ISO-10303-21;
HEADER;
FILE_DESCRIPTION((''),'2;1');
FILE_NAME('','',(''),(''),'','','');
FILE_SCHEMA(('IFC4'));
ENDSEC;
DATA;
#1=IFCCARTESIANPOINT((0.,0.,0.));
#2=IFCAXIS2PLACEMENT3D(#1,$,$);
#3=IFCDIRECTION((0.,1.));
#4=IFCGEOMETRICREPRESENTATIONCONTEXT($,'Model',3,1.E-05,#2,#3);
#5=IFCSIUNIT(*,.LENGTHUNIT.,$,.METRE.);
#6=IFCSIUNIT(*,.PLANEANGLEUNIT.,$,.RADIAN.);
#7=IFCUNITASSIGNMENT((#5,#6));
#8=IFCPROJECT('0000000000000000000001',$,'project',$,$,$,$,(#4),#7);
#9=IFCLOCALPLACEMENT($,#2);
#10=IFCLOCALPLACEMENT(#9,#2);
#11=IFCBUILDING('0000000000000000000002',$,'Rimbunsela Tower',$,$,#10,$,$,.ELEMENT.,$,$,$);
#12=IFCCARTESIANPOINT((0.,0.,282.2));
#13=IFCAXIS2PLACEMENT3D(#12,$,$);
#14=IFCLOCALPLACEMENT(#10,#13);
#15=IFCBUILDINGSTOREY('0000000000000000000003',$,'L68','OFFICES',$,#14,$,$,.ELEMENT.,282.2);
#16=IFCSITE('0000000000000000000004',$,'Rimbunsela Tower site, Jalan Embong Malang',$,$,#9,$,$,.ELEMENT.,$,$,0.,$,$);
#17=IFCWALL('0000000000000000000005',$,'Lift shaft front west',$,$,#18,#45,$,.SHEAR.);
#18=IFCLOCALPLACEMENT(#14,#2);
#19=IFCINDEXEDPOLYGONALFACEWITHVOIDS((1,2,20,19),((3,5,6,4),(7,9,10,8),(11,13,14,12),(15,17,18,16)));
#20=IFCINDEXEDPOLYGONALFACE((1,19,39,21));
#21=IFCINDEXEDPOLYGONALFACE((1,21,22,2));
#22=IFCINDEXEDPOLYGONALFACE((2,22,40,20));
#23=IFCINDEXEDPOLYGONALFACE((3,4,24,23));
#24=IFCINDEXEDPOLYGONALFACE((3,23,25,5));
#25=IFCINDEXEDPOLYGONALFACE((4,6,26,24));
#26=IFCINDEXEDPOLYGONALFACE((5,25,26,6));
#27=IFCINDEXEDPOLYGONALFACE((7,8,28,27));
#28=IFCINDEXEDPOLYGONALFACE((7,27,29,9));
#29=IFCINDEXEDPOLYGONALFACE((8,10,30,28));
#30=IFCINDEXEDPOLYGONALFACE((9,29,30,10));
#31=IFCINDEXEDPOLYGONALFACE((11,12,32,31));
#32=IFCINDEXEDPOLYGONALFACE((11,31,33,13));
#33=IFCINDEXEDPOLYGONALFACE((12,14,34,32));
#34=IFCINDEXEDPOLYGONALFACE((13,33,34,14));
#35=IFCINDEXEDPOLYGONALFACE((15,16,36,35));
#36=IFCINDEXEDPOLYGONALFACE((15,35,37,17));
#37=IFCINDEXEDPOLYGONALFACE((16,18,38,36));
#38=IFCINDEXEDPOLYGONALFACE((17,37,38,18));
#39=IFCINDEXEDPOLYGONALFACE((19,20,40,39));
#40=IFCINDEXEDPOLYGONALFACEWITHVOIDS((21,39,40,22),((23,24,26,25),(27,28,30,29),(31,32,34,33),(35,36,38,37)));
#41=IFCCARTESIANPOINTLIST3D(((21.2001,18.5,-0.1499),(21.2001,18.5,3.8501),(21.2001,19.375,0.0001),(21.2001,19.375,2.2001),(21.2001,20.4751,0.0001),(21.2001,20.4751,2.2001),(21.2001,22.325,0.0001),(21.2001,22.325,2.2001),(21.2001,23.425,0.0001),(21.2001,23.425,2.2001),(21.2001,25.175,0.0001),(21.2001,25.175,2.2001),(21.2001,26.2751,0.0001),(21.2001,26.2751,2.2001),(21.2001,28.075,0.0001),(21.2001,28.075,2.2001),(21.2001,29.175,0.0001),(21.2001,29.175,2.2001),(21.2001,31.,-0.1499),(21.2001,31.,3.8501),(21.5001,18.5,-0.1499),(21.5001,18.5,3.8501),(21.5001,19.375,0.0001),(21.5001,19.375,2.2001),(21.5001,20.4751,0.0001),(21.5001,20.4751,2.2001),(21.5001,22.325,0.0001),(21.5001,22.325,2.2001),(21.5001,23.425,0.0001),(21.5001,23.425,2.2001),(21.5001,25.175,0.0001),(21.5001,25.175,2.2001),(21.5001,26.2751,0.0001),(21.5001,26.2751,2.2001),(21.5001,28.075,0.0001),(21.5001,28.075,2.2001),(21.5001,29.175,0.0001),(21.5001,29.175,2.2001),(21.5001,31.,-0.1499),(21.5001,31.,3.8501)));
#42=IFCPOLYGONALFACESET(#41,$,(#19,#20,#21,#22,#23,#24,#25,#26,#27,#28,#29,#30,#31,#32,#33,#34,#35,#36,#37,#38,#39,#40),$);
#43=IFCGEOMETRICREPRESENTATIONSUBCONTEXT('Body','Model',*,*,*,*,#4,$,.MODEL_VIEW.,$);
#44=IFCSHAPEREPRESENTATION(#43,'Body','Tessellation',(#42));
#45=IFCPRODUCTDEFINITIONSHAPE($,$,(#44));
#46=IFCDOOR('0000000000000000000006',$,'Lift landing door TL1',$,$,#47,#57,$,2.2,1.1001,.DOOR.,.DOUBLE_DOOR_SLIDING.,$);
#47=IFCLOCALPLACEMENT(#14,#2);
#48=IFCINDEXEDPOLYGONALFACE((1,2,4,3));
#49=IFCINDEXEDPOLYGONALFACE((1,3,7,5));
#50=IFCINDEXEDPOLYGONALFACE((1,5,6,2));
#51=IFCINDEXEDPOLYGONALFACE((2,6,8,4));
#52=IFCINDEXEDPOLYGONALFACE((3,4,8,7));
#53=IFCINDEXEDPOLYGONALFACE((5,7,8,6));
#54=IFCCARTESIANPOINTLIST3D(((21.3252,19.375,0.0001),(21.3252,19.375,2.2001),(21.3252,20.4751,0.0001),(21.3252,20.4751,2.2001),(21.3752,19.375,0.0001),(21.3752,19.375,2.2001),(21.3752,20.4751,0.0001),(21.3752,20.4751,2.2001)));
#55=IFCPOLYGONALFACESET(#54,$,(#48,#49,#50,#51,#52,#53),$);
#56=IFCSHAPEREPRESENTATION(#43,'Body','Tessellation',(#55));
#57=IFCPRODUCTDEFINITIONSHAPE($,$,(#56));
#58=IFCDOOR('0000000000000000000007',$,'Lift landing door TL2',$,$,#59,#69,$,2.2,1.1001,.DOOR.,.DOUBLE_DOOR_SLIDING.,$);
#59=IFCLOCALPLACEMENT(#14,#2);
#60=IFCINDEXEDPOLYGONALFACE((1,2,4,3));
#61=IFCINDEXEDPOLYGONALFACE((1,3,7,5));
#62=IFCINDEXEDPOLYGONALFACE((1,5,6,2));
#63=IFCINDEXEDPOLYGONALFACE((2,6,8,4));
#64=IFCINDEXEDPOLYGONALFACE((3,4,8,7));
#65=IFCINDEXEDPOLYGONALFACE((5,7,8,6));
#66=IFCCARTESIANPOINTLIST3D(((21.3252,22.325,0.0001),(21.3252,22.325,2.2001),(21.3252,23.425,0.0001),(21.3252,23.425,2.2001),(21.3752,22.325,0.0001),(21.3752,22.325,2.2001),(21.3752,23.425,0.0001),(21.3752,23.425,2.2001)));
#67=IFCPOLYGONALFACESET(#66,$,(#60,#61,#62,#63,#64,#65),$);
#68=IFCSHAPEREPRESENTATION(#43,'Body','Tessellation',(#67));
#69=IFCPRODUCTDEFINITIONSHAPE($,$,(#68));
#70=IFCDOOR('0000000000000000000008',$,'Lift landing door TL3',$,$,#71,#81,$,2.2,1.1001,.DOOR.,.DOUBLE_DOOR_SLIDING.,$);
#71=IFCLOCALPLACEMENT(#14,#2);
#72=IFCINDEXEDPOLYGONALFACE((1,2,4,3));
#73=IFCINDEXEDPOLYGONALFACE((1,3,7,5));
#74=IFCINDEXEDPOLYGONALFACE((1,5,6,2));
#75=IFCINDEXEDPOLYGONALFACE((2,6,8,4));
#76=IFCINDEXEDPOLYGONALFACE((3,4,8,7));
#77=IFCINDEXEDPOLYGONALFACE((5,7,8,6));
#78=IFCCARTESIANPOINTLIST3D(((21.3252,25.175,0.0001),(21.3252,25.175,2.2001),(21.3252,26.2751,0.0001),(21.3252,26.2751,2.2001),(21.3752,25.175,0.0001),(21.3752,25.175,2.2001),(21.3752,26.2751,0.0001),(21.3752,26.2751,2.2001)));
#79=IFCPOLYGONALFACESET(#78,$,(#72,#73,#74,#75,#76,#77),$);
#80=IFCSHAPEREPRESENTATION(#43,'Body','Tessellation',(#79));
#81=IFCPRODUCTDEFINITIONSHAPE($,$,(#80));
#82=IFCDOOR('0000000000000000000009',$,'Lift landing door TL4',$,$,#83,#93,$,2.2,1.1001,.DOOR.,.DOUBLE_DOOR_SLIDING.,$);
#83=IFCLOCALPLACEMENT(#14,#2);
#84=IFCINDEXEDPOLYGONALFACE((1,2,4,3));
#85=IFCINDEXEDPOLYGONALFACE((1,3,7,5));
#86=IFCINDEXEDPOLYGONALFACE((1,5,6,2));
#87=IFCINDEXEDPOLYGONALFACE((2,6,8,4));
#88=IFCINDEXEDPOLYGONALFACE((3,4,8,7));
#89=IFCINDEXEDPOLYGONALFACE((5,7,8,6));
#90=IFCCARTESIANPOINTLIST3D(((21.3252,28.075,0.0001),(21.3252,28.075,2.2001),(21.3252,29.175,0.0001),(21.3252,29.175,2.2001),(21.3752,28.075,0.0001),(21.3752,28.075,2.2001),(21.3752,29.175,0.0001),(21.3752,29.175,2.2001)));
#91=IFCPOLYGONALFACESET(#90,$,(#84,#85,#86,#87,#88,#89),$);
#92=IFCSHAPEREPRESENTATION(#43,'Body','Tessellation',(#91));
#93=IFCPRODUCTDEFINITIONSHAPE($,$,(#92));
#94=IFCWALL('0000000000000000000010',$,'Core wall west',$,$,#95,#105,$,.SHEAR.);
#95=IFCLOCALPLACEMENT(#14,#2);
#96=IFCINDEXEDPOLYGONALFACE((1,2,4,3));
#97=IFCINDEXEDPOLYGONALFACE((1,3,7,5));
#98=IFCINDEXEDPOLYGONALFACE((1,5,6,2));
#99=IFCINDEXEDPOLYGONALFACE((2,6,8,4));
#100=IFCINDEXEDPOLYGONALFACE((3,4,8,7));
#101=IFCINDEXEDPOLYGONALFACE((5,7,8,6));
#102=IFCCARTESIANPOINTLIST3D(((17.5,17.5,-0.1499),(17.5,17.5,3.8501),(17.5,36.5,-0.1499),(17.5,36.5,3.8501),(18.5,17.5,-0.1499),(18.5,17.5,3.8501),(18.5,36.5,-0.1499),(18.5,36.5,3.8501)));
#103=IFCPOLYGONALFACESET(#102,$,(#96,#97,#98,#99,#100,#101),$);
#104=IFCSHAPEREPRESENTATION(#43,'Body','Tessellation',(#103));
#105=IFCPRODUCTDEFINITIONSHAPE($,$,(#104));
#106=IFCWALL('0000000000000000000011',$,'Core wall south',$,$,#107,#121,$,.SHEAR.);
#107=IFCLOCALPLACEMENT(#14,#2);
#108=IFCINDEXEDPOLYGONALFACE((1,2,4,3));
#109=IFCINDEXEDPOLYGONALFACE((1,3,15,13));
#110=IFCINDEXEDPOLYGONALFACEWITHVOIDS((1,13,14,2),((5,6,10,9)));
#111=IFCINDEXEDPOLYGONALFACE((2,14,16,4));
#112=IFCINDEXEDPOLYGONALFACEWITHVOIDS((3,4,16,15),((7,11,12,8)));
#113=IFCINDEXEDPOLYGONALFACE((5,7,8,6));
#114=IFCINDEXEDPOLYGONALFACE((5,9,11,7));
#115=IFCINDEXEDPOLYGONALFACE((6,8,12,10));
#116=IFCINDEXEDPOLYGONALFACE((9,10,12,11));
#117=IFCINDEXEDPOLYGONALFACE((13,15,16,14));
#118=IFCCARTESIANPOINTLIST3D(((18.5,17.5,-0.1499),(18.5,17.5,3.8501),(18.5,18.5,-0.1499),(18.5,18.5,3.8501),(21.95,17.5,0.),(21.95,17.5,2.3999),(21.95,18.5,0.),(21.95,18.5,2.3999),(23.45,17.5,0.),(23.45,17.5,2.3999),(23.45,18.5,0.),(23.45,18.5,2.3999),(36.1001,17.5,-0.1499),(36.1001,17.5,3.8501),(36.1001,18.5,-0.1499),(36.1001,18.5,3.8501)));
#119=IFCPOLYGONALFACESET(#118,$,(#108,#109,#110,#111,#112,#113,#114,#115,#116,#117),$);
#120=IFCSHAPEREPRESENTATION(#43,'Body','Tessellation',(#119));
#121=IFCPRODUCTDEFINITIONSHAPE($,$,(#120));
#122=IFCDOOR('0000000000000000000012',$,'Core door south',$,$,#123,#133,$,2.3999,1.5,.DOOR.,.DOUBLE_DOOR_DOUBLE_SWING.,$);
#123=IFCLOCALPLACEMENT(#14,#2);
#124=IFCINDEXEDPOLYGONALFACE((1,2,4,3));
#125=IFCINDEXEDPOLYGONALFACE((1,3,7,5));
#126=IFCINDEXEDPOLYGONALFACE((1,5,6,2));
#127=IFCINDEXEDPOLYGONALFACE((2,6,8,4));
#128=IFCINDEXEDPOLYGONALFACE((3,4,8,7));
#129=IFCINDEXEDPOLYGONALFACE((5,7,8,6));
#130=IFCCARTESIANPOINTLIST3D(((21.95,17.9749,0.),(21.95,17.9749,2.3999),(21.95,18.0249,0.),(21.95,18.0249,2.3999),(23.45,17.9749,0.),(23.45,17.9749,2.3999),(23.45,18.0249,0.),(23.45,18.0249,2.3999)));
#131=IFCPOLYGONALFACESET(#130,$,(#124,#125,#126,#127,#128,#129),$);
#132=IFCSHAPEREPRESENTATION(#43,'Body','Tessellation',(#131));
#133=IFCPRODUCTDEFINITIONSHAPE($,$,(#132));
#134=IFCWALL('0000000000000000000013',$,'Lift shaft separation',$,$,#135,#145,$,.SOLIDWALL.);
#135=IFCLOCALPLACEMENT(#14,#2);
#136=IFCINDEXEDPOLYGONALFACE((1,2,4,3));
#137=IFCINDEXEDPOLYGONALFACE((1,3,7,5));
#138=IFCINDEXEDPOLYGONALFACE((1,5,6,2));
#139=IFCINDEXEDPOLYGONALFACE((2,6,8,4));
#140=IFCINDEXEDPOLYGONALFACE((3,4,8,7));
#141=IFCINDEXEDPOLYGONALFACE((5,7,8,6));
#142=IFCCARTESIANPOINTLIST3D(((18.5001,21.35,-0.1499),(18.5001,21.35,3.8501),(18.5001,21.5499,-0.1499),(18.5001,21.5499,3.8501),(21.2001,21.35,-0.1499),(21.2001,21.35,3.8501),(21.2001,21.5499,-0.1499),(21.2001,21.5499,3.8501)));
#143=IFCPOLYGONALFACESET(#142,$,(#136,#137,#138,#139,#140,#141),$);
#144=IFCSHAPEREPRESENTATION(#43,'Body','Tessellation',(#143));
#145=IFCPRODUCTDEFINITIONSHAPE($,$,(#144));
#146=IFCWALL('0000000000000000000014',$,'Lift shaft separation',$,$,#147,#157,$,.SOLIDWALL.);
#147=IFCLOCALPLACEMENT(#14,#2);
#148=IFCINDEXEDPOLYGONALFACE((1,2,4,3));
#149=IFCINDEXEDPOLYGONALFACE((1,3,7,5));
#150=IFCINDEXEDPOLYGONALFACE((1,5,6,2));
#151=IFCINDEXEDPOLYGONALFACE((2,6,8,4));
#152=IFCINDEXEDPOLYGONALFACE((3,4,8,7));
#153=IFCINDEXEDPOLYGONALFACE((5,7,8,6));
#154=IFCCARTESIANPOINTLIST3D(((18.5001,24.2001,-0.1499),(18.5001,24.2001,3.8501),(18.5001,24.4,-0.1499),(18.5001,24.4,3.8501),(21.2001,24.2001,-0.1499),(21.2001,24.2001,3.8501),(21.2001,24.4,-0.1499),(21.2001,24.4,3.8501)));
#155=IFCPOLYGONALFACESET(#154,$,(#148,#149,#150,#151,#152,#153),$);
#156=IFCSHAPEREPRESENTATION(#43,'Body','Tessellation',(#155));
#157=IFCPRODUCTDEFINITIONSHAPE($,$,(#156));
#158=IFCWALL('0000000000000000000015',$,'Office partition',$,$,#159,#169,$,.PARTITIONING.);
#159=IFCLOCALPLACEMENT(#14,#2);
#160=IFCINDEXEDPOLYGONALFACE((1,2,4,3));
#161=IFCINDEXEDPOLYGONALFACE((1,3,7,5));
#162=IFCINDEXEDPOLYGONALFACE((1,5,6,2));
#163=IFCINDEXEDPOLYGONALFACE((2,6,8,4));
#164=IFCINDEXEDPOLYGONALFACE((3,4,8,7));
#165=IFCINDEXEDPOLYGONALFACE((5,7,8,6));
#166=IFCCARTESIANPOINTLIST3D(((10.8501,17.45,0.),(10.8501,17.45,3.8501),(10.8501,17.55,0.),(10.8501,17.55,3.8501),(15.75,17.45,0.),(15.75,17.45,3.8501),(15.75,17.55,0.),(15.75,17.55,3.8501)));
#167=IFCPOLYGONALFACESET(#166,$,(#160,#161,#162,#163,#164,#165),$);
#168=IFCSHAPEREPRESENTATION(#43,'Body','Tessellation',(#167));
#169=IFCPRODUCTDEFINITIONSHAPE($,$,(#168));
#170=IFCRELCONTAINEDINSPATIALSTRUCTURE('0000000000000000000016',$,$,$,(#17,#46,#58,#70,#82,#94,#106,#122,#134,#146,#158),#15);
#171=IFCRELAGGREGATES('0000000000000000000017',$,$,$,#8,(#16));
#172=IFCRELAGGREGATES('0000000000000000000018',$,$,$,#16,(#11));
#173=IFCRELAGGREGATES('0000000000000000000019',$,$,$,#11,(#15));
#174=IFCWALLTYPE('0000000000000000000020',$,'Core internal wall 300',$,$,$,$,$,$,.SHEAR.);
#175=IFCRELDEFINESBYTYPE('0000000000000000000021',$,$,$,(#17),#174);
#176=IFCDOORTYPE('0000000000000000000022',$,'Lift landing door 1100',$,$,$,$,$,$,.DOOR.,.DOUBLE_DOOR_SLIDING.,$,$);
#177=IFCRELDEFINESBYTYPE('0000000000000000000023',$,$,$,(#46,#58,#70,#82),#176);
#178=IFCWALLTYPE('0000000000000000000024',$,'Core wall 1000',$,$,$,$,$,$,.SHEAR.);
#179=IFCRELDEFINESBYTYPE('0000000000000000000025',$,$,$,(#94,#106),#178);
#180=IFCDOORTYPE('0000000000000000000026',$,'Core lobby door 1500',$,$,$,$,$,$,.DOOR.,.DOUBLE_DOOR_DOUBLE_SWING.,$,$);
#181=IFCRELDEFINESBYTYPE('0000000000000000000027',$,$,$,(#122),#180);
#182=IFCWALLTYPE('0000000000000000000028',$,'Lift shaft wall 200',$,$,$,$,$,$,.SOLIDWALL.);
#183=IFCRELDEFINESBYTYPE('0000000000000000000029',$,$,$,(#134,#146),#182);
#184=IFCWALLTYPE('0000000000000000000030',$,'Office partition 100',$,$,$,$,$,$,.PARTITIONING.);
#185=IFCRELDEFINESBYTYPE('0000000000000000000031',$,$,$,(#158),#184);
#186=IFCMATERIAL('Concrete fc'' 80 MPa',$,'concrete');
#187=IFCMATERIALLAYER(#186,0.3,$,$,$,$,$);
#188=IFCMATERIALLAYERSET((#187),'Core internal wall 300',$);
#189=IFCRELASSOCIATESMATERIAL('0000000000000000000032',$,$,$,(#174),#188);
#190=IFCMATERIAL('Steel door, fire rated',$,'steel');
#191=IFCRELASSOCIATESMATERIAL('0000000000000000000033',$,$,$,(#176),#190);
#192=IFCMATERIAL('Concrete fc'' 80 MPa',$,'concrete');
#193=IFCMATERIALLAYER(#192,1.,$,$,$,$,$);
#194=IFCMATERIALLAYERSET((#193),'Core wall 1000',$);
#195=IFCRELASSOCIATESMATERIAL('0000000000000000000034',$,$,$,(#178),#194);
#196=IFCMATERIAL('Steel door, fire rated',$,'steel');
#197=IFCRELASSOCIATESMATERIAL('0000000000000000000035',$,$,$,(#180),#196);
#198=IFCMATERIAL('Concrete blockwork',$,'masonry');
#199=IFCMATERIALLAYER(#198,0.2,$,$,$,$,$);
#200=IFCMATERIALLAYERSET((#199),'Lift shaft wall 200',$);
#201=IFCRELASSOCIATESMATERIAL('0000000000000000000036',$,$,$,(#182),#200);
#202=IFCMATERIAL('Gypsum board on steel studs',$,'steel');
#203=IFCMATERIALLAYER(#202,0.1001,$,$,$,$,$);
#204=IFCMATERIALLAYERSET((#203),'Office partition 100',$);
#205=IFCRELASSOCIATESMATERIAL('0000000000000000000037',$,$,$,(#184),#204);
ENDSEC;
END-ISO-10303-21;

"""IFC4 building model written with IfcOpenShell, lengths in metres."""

from ifc_helpers import new_model, si_unit, direction, frame, frame_2d, origin, place, context, subcontext, project, spatial, rectangle, extrude, material, layer, layer_set, type_object, element, fill, save


model = new_model("IFC4")

# Units and contexts
model_context = context("Model", 3, precision=1e-05, world=origin(), true_north=direction((0.0, 1.0)))
body_context = subcontext(model_context, "Body", "Model", "MODEL_VIEW")
ifc_project = project(units=[si_unit("LENGTHUNIT", "METRE"), si_unit("PLANEANGLEUNIT", "RADIAN")], contexts=[model_context])

# Site, building, storey
site_placement = place(None, origin())
site = spatial("IfcSite", under=ifc_project, at=site_placement, Name="Rimbunsela Tower site, Jalan Embong Malang", CompositionType="ELEMENT", RefElevation=0.0)
building_placement = place(site_placement, origin())
building = spatial("IfcBuilding", under=site, at=building_placement, Name="Rimbunsela Tower", CompositionType="ELEMENT")
storey_placement = place(building_placement, frame((0.0, 0.0, 282.2)))
storey = spatial("IfcBuildingStorey", under=building, at=storey_placement, Name="L68", Description="OFFICES", CompositionType="ELEMENT", Elevation=282.2)

# Wall, openings, doors
ifc_material_1 = material(Name="Concrete fc' 80 MPa", Category="concrete")
ifc_layer_1 = layer(ifc_material_1, 0.3)
ifc_layer_set_1 = layer_set([ifc_layer_1], Name="Core internal wall 300")
wall_type_1 = type_object("IfcWallType", Name="Core internal wall 300", PredefinedType="SHEAR", material=ifc_layer_set_1)
wall_1_placement = place(storey_placement, frame((21.3501, 18.5, -0.1499), z_axis=(0.0, 0.0, 1.0), x_axis=(0.0, 1.0, 0.0)))
wall_1 = element("IfcWall", 1, at=wall_1_placement, inside=storey, type_object=wall_type_1, Name="Lift shaft front west", PredefinedType="SHEAR", context=body_context, shape_type="SweptSolid", body=[
    extrude(rectangle(XDim=12.5, YDim=0.3, at=frame_2d((6.25, 0.0))), origin(), (0.0, 0.0, 1.0), 4.0),
])
opening_1_placement = place(wall_1_placement, frame((0.875, 0.0, 0.1499)))
opening_1 = element("IfcOpeningElement", 2, at=opening_1_placement, cuts=wall_1, PredefinedType="OPENING", context=body_context, shape_type="SweptSolid", body=[
    extrude(rectangle(XDim=1.1001, YDim=2.2, at=frame_2d((0.55, 1.1001))), frame((0.0, 0.1599, 0.0), z_axis=(0.0, -1.0, 0.0), x_axis=(1.0, 0.0, 0.0)), (0.0, 0.0, 1.0), 0.3201),
])
opening_2_placement = place(wall_1_placement, frame((3.825, 0.0, 0.1499)))
opening_2 = element("IfcOpeningElement", 3, at=opening_2_placement, cuts=wall_1, PredefinedType="OPENING", context=body_context, shape_type="SweptSolid", body=[
    extrude(rectangle(XDim=1.1001, YDim=2.2, at=frame_2d((0.55, 1.1001))), frame((0.0, 0.1599, 0.0), z_axis=(0.0, -1.0, 0.0), x_axis=(1.0, 0.0, 0.0)), (0.0, 0.0, 1.0), 0.3201),
])
opening_3_placement = place(wall_1_placement, frame((6.675, 0.0, 0.1499)))
opening_3 = element("IfcOpeningElement", 4, at=opening_3_placement, cuts=wall_1, PredefinedType="OPENING", context=body_context, shape_type="SweptSolid", body=[
    extrude(rectangle(XDim=1.1001, YDim=2.2, at=frame_2d((0.55, 1.1001))), frame((0.0, 0.1599, 0.0), z_axis=(0.0, -1.0, 0.0), x_axis=(1.0, 0.0, 0.0)), (0.0, 0.0, 1.0), 0.3201),
])
opening_4_placement = place(wall_1_placement, frame((9.575, 0.0, 0.1499)))
opening_4 = element("IfcOpeningElement", 5, at=opening_4_placement, cuts=wall_1, PredefinedType="OPENING", context=body_context, shape_type="SweptSolid", body=[
    extrude(rectangle(XDim=1.1001, YDim=2.2, at=frame_2d((0.55, 1.1001))), frame((0.0, 0.1599, 0.0), z_axis=(0.0, -1.0, 0.0), x_axis=(1.0, 0.0, 0.0)), (0.0, 0.0, 1.0), 0.3201),
])
ifc_material_2 = material(Name="Steel door, fire rated", Category="steel")
door_type_1 = type_object("IfcDoorType", Name="Lift landing door 1100", OperationType="DOUBLE_DOOR_SLIDING", PredefinedType="DOOR", material=ifc_material_2)
door_1_placement = place(opening_1_placement, origin())
door_1 = element("IfcDoor", 6, at=door_1_placement, inside=storey, type_object=door_type_1, Name="Lift landing door TL1", OperationType="DOUBLE_DOOR_SLIDING", OverallHeight=2.2, OverallWidth=1.1001, PredefinedType="DOOR", context=body_context, shape_type="SweptSolid", body=[
    extrude(rectangle(XDim=1.1001, YDim=2.2, at=frame_2d((0.55, 1.1001))), frame((0.0, 0.0249, 0.0), z_axis=(0.0, -1.0, 0.0), x_axis=(1.0, 0.0, 0.0)), (0.0, 0.0, 1.0), 0.05),
])
fill(opening_1, door_1)
door_2_placement = place(opening_2_placement, origin())
door_2 = element("IfcDoor", 7, at=door_2_placement, inside=storey, type_object=door_type_1, Name="Lift landing door TL2", OperationType="DOUBLE_DOOR_SLIDING", OverallHeight=2.2, OverallWidth=1.1001, PredefinedType="DOOR", context=body_context, shape_type="SweptSolid", body=[
    extrude(rectangle(XDim=1.1001, YDim=2.2, at=frame_2d((0.55, 1.1001))), frame((0.0, 0.0249, 0.0), z_axis=(0.0, -1.0, 0.0), x_axis=(1.0, 0.0, 0.0)), (0.0, 0.0, 1.0), 0.05),
])
fill(opening_2, door_2)
door_3_placement = place(opening_3_placement, origin())
door_3 = element("IfcDoor", 8, at=door_3_placement, inside=storey, type_object=door_type_1, Name="Lift landing door TL3", OperationType="DOUBLE_DOOR_SLIDING", OverallHeight=2.2, OverallWidth=1.1001, PredefinedType="DOOR", context=body_context, shape_type="SweptSolid", body=[
    extrude(rectangle(XDim=1.1001, YDim=2.2, at=frame_2d((0.55, 1.1001))), frame((0.0, 0.0249, 0.0), z_axis=(0.0, -1.0, 0.0), x_axis=(1.0, 0.0, 0.0)), (0.0, 0.0, 1.0), 0.05),
])
fill(opening_3, door_3)
door_4_placement = place(opening_4_placement, origin())
door_4 = element("IfcDoor", 9, at=door_4_placement, inside=storey, type_object=door_type_1, Name="Lift landing door TL4", OperationType="DOUBLE_DOOR_SLIDING", OverallHeight=2.2, OverallWidth=1.1001, PredefinedType="DOOR", context=body_context, shape_type="SweptSolid", body=[
    extrude(rectangle(XDim=1.1001, YDim=2.2, at=frame_2d((0.55, 1.1001))), frame((0.0, 0.0249, 0.0), z_axis=(0.0, -1.0, 0.0), x_axis=(1.0, 0.0, 0.0)), (0.0, 0.0, 1.0), 0.05),
])
fill(opening_4, door_4)

# Wall
ifc_material_3 = material(Name="Concrete fc' 80 MPa", Category="concrete")
ifc_layer_2 = layer(ifc_material_3, 1.0)
ifc_layer_set_2 = layer_set([ifc_layer_2], Name="Core wall 1000")
wall_type_2 = type_object("IfcWallType", Name="Core wall 1000", PredefinedType="SHEAR", material=ifc_layer_set_2)
wall_2_placement = place(storey_placement, frame((18.0, 17.5, -0.1499), z_axis=(0.0, 0.0, 1.0), x_axis=(0.0, 1.0, 0.0)))
element("IfcWall", 10, at=wall_2_placement, inside=storey, type_object=wall_type_2, Name="Core wall west", PredefinedType="SHEAR", context=body_context, shape_type="SweptSolid", body=[
    extrude(rectangle(XDim=19.0, YDim=1.0, at=frame_2d((9.5, 0.0))), origin(), (0.0, 0.0, 1.0), 4.0),
])

# Wall, opening, door
wall_3_placement = place(storey_placement, frame((18.5, 18.0, -0.1499), z_axis=(0.0, 0.0, 1.0), x_axis=(1.0, 0.0, 0.0)))
wall_3 = element("IfcWall", 11, at=wall_3_placement, inside=storey, type_object=wall_type_2, Name="Core wall south", PredefinedType="SHEAR", context=body_context, shape_type="SweptSolid", body=[
    extrude(rectangle(XDim=17.6001, YDim=1.0, at=frame_2d((8.8, 0.0))), origin(), (0.0, 0.0, 1.0), 4.0),
])
opening_5_placement = place(wall_3_placement, frame((3.45, 0.0, 0.1499)))
opening_5 = element("IfcOpeningElement", 12, at=opening_5_placement, cuts=wall_3, PredefinedType="OPENING", context=body_context, shape_type="SweptSolid", body=[
    extrude(rectangle(XDim=1.5, YDim=2.3999, at=frame_2d((0.75, 1.2))), frame((0.0, 0.51, 0.0), z_axis=(0.0, -1.0, 0.0), x_axis=(1.0, 0.0, 0.0)), (0.0, 0.0, 1.0), 1.02),
])
ifc_material_4 = material(Name="Steel door, fire rated", Category="steel")
door_type_2 = type_object("IfcDoorType", Name="Core lobby door 1500", OperationType="DOUBLE_DOOR_DOUBLE_SWING", PredefinedType="DOOR", material=ifc_material_4)
door_5_placement = place(opening_5_placement, origin())
door_5 = element("IfcDoor", 13, at=door_5_placement, inside=storey, type_object=door_type_2, Name="Core door south", OperationType="DOUBLE_DOOR_DOUBLE_SWING", OverallHeight=2.3999, OverallWidth=1.5, PredefinedType="DOOR", context=body_context, shape_type="SweptSolid", body=[
    extrude(rectangle(XDim=1.5, YDim=2.3999, at=frame_2d((0.75, 1.2))), frame((0.0, 0.0249, 0.0), z_axis=(0.0, -1.0, 0.0), x_axis=(1.0, 0.0, 0.0)), (0.0, 0.0, 1.0), 0.05),
])
fill(opening_5, door_5)

# Walls
ifc_material_5 = material(Name="Concrete blockwork", Category="masonry")
ifc_layer_3 = layer(ifc_material_5, 0.2)
ifc_layer_set_3 = layer_set([ifc_layer_3], Name="Lift shaft wall 200")
wall_type_3 = type_object("IfcWallType", Name="Lift shaft wall 200", PredefinedType="SOLIDWALL", material=ifc_layer_set_3)
for number, where, z_axis, x_axis, name in (
    (14, (18.5, 21.45, -0.1499), (0.0, 0.0, 1.0), (1.0, 0.0, 0.0), "Lift shaft separation"),
    (15, (18.5, 24.3, -0.1499), (0.0, 0.0, 1.0), (1.0, 0.0, 0.0), "Lift shaft separation"),
):
    element("IfcWall", number, at=place(storey_placement, frame(where, z_axis=z_axis, x_axis=x_axis)), inside=storey, type_object=wall_type_3, Name=name, PredefinedType="SOLIDWALL", context=body_context, shape_type="SweptSolid", body=[
        extrude(rectangle(XDim=2.7, YDim=0.2, at=frame_2d((1.3501, 0.0))), origin(), (0.0, 0.0, 1.0), 4.0),
    ])
ifc_material_6 = material(Name="Gypsum board on steel studs", Category="steel")
ifc_layer_4 = layer(ifc_material_6, 0.1001)
ifc_layer_set_4 = layer_set([ifc_layer_4], Name="Office partition 100")
wall_type_4 = type_object("IfcWallType", Name="Office partition 100", PredefinedType="PARTITIONING", material=ifc_layer_set_4)
wall_4_placement = place(storey_placement, frame((10.8501, 17.5, 0.0), z_axis=(0.0, 0.0, 1.0), x_axis=(1.0, 0.0, 0.0)))
element("IfcWall", 16, at=wall_4_placement, inside=storey, type_object=wall_type_4, Name="Office partition", PredefinedType="PARTITIONING", context=body_context, shape_type="SweptSolid", body=[
    extrude(rectangle(XDim=4.8999, YDim=0.1001, at=frame_2d((2.45, 0.0))), origin(), (0.0, 0.0, 1.0), 3.8501),
])

save(model, "model.ifc")
